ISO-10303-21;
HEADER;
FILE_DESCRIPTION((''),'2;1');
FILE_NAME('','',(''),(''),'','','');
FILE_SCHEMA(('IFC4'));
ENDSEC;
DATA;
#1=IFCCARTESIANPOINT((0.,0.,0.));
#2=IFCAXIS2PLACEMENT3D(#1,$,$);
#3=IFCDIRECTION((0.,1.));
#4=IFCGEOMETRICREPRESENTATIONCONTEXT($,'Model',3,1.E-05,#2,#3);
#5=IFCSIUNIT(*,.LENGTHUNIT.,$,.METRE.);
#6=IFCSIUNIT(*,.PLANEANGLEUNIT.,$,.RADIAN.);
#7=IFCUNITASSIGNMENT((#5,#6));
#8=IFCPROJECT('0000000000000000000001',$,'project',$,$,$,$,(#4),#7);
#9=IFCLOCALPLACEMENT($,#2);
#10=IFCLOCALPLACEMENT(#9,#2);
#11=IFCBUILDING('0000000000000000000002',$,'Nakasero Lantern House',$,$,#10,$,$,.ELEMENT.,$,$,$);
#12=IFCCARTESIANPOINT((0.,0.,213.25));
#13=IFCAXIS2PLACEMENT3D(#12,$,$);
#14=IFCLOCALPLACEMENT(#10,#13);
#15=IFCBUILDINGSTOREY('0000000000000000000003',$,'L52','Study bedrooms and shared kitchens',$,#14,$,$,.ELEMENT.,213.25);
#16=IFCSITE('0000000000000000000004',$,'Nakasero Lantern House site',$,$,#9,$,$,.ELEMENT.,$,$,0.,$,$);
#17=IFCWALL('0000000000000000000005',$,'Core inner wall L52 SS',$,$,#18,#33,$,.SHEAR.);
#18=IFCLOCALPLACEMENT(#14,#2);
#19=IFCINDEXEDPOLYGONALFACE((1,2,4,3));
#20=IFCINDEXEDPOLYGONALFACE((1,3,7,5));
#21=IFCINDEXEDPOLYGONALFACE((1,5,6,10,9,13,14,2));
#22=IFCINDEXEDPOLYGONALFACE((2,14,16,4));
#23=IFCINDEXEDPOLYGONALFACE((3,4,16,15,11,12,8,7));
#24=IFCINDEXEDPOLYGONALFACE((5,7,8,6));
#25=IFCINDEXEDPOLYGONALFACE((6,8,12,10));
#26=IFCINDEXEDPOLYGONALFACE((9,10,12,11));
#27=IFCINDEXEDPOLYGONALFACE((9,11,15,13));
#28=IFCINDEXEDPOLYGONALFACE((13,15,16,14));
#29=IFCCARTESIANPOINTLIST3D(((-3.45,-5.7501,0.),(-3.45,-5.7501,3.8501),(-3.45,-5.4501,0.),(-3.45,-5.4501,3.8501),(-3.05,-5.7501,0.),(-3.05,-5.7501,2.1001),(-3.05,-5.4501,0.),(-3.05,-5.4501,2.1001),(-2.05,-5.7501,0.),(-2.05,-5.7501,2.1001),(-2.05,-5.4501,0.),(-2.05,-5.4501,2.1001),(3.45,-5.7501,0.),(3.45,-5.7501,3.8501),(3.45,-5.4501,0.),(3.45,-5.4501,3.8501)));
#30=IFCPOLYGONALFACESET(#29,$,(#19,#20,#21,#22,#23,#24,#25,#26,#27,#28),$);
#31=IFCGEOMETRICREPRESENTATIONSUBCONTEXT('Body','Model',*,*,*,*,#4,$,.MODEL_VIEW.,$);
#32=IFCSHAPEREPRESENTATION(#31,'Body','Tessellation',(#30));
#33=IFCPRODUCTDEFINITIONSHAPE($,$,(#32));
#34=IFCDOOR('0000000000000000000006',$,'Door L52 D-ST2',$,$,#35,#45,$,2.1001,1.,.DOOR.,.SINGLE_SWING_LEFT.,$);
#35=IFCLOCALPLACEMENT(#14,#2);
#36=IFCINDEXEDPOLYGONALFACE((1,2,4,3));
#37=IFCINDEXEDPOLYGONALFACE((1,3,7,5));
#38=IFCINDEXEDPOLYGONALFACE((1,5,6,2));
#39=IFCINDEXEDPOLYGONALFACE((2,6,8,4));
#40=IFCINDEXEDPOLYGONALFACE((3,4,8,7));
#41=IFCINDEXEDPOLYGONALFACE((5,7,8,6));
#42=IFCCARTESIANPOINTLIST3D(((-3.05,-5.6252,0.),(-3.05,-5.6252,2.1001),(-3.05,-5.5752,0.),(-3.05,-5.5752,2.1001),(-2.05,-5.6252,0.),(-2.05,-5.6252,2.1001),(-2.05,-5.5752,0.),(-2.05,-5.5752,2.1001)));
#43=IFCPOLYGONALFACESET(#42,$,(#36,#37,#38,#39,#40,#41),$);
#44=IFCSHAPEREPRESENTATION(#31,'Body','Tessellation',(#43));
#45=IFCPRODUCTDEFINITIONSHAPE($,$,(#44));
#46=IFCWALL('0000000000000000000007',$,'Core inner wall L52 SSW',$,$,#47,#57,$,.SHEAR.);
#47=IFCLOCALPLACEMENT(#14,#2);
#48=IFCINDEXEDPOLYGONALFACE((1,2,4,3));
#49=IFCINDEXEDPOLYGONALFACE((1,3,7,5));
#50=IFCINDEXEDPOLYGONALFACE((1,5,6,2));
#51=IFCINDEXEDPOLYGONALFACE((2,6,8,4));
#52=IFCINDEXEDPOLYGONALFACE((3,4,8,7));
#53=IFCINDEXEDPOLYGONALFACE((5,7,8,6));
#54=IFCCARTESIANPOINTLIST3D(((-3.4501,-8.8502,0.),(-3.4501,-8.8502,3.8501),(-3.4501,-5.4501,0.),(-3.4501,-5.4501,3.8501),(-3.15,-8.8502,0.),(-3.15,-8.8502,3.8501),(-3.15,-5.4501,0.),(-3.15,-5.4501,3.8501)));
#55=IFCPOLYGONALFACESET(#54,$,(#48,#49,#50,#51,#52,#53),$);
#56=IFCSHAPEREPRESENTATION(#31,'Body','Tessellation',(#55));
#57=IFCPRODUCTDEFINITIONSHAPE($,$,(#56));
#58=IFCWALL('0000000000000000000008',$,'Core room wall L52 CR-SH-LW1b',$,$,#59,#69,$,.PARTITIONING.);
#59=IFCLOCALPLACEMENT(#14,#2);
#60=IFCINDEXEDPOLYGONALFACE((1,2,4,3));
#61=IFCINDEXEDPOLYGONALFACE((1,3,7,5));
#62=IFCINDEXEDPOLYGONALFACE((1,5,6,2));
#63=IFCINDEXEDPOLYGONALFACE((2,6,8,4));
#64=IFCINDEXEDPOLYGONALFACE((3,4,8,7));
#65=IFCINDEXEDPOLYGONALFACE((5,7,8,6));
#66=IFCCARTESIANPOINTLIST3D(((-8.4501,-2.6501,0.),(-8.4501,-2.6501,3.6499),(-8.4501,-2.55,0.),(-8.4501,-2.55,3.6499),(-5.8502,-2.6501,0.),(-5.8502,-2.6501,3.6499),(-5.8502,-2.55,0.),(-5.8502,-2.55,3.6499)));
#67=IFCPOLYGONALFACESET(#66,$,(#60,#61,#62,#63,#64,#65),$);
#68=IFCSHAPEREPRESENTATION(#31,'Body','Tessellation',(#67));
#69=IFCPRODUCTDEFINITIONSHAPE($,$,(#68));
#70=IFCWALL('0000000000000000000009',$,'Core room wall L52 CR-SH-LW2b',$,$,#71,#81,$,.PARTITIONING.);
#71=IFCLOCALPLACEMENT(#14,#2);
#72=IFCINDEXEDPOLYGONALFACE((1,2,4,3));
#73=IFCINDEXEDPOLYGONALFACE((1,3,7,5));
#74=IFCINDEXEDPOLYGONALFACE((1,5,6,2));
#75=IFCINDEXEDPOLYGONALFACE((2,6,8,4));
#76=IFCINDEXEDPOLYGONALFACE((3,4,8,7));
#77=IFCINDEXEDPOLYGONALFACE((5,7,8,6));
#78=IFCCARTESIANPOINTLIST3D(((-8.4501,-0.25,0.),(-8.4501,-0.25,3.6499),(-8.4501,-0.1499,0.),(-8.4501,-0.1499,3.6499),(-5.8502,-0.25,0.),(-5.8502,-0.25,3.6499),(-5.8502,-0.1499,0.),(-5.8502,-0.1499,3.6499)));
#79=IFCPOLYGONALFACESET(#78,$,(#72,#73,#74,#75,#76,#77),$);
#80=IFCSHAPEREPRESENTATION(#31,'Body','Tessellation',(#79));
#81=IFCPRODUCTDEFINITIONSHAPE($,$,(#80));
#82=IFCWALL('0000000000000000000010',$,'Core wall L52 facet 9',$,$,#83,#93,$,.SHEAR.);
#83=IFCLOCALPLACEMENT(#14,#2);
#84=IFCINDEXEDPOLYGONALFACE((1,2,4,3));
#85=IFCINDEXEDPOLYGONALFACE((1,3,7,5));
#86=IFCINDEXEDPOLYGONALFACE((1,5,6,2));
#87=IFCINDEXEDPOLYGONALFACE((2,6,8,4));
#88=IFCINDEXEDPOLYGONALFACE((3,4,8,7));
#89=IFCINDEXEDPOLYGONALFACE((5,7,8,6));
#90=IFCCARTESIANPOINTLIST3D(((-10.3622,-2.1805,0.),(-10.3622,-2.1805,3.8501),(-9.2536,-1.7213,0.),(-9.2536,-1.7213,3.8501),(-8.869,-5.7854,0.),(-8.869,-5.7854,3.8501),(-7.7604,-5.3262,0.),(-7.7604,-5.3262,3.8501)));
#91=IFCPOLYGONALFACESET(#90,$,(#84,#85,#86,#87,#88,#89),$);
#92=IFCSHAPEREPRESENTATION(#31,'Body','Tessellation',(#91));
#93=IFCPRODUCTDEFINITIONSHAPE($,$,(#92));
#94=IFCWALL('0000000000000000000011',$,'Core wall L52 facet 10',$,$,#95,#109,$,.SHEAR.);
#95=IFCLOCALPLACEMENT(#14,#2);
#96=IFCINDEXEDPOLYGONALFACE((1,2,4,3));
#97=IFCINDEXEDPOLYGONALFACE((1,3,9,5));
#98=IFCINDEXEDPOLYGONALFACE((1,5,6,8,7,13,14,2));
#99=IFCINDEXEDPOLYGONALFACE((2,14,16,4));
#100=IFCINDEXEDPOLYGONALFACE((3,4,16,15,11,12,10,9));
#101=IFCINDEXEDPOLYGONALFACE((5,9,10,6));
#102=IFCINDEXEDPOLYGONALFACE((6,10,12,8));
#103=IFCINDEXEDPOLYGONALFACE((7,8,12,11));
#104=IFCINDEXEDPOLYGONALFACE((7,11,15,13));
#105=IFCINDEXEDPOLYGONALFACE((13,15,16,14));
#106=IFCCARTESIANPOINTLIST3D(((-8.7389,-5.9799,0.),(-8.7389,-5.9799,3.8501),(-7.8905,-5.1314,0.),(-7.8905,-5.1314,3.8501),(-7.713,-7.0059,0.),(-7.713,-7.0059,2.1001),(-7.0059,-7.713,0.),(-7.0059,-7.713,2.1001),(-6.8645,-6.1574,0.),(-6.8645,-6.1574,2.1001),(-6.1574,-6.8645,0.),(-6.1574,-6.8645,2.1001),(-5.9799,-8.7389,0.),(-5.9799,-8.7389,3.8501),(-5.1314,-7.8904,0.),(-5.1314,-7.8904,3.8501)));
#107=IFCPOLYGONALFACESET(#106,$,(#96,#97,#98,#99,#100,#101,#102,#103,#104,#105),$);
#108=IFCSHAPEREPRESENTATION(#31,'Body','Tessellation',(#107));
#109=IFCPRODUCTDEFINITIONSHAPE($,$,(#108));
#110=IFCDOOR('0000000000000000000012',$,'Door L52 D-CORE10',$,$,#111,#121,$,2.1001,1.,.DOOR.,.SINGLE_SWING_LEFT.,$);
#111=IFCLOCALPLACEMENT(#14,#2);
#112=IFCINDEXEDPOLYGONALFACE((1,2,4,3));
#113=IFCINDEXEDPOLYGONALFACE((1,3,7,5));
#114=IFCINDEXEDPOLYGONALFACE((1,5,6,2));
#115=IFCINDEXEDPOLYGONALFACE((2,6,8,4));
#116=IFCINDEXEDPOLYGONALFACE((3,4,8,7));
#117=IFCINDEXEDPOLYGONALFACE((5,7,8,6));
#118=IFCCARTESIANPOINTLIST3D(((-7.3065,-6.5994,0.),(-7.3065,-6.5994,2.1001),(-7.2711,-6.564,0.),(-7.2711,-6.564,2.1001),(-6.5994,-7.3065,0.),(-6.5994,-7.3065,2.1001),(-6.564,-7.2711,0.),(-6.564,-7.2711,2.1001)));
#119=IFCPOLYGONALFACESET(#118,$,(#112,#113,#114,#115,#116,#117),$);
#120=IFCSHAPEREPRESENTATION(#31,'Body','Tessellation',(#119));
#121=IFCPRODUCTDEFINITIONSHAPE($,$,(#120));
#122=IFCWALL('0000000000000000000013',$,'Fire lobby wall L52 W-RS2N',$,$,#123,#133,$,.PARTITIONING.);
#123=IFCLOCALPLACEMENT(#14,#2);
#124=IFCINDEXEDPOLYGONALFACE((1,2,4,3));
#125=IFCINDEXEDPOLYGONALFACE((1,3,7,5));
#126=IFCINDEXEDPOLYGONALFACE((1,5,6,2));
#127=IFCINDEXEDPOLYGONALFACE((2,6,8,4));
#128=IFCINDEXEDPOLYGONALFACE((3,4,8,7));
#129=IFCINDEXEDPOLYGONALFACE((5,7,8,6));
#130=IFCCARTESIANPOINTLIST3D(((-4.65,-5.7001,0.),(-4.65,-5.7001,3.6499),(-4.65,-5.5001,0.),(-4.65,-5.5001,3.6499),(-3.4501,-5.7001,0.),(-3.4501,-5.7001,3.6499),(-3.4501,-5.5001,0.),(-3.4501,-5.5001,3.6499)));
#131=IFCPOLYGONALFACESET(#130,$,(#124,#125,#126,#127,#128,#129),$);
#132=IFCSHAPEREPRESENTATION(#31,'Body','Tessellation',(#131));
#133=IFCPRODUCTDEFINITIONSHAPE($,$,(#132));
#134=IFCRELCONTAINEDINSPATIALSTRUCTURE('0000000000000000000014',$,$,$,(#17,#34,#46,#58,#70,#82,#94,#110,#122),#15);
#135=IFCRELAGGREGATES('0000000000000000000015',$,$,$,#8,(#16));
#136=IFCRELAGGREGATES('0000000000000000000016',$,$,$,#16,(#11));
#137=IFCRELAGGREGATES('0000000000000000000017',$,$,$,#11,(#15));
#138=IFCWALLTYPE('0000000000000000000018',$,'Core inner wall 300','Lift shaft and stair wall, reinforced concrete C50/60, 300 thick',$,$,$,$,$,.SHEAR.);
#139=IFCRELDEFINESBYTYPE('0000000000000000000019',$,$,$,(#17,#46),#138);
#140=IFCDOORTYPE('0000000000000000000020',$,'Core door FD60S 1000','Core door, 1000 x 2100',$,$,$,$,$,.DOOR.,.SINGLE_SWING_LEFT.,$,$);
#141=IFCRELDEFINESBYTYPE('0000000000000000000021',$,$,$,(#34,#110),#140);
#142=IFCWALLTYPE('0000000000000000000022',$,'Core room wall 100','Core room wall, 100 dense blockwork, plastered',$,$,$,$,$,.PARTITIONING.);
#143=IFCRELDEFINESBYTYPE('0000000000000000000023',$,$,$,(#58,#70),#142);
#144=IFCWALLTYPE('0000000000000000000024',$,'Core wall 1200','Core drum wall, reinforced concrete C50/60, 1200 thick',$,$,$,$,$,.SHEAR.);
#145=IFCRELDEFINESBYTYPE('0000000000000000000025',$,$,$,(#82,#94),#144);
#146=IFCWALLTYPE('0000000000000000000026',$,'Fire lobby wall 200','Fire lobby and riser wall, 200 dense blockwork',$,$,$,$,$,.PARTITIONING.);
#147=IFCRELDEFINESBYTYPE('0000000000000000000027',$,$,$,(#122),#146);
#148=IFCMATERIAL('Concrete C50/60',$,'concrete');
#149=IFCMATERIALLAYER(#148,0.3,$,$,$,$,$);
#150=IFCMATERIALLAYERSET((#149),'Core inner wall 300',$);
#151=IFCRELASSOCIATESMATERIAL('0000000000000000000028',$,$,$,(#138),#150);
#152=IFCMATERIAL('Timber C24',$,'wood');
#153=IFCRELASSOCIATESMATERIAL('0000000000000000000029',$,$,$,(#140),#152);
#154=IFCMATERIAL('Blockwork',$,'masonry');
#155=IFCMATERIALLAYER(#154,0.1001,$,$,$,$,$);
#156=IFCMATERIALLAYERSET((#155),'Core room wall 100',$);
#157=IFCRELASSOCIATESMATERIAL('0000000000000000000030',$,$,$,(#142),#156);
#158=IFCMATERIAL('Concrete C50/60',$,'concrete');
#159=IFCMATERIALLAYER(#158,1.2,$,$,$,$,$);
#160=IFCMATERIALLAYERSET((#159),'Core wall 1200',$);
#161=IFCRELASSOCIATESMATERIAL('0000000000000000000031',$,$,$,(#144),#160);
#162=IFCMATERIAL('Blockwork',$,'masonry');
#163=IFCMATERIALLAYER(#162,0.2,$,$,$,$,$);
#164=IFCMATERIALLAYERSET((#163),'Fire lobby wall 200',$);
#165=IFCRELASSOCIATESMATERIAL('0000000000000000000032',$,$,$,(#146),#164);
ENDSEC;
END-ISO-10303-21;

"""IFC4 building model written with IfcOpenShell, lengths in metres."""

from ifc_helpers import new_model, si_unit, direction, frame, frame_2d, origin, place, context, subcontext, project, spatial, rectangle, extrude, material, layer, layer_set, type_object, element, fill, save


model = new_model("IFC4")

# Units and contexts
model_context = context("Model", 3, precision=1e-05, world=origin(), true_north=direction((0.0, 1.0)))
body_context = subcontext(model_context, "Body", "Model", "MODEL_VIEW")
ifc_project = project(units=[si_unit("LENGTHUNIT", "METRE"), si_unit("PLANEANGLEUNIT", "RADIAN")], contexts=[model_context])

# Site, building, storey
site_placement = place(None, origin())
site = spatial("IfcSite", under=ifc_project, at=site_placement, Name="Nakasero Lantern House site", CompositionType="ELEMENT", RefElevation=0.0)
building_placement = place(site_placement, origin())
building = spatial("IfcBuilding", under=site, at=building_placement, Name="Nakasero Lantern House", CompositionType="ELEMENT")
storey_placement = place(building_placement, frame((0.0, 0.0, 213.25)))
storey = spatial("IfcBuildingStorey", under=building, at=storey_placement, Name="L52", Description="Study bedrooms and shared kitchens", CompositionType="ELEMENT", Elevation=213.25)

# Shared definitions
ifc_material_1 = material(Name="Concrete C50/60", Category="concrete")
ifc_layer_1 = layer(ifc_material_1, 0.3)
ifc_layer_set_1 = layer_set([ifc_layer_1], Name="Core inner wall 300")
wall_type_1 = type_object("IfcWallType", Name="Core inner wall 300", Description="Lift shaft and stair wall, reinforced concrete C50/60, 300 thick", PredefinedType="SHEAR", material=ifc_layer_set_1)

# Wall, opening, door
wall_1_placement = place(storey_placement, frame((-3.45, -5.6001, 0.0), z_axis=(0.0, 0.0, 1.0), x_axis=(1.0, 0.0, 0.0)))
wall_1 = element("IfcWall", 1, at=wall_1_placement, inside=storey, type_object=wall_type_1, Name="Core inner wall L52 SS", PredefinedType="SHEAR", context=body_context, shape_type="SweptSolid", body=[
    extrude(rectangle(XDim=6.8999, YDim=0.3, at=frame_2d((3.45, 0.0))), origin(), (0.0, 0.0, 1.0), 3.8501),
])
opening_1_placement = place(wall_1_placement, frame((0.3999, 0.0, 0.0)))
opening_1 = element("IfcOpeningElement", 2, at=opening_1_placement, cuts=wall_1, PredefinedType="OPENING", context=body_context, shape_type="SweptSolid", body=[
    extrude(rectangle(XDim=1.0, YDim=2.1001, at=frame_2d((0.5, 1.05))), frame((0.0, 0.1699, 0.0), z_axis=(0.0, -1.0, 0.0), x_axis=(1.0, 0.0, 0.0)), (0.0, 0.0, 1.0), 0.3401),
])
ifc_material_2 = material(Name="Timber C24", Category="wood")
door_type_1 = type_object("IfcDoorType", Name="Core door FD60S 1000", Description="Core door, 1000 x 2100", OperationType="SINGLE_SWING_LEFT", PredefinedType="DOOR", material=ifc_material_2)
door_1_placement = place(opening_1_placement, origin())
door_1 = element("IfcDoor", 3, at=door_1_placement, inside=storey, type_object=door_type_1, Name="Door L52 D-ST2", OperationType="SINGLE_SWING_LEFT", OverallHeight=2.1001, OverallWidth=1.0, PredefinedType="DOOR", context=body_context, shape_type="SweptSolid", body=[
    extrude(rectangle(XDim=1.0, YDim=2.1001, at=frame_2d((0.5, 1.05))), frame((0.0, 0.0249, 0.0), z_axis=(0.0, -1.0, 0.0), x_axis=(1.0, 0.0, 0.0)), (0.0, 0.0, 1.0), 0.05),
])
fill(opening_1, door_1)

# Walls
wall_2_placement = place(storey_placement, frame((-3.3, -5.45, 0.0), z_axis=(0.0, 0.0, 1.0), x_axis=(0.0, -1.0, 0.0)))
element("IfcWall", 4, at=wall_2_placement, inside=storey, type_object=wall_type_1, Name="Core inner wall L52 SSW", PredefinedType="SHEAR", context=body_context, shape_type="SweptSolid", body=[
    extrude(rectangle(XDim=3.4001, YDim=0.3, at=frame_2d((1.7002, 0.0))), origin(), (0.0, 0.0, 1.0), 3.8501),
])
ifc_material_3 = material(Name="Blockwork", Category="masonry")
ifc_layer_2 = layer(ifc_material_3, 0.1001)
ifc_layer_set_2 = layer_set([ifc_layer_2], Name="Core room wall 100")
wall_type_2 = type_object("IfcWallType", Name="Core room wall 100", Description="Core room wall, 100 dense blockwork, plastered", PredefinedType="PARTITIONING", material=ifc_layer_set_2)
for number, where, z_axis, x_axis, name in (
    (5, (-8.45, -2.6001, 0.0), (0.0, 0.0, 1.0), (1.0, 0.0, 0.0), "Core room wall L52 CR-SH-LW1b"),
    (6, (-8.45, -0.2, 0.0), (0.0, 0.0, 1.0), (1.0, 0.0, 0.0), "Core room wall L52 CR-SH-LW2b"),
):
    element("IfcWall", number, at=place(storey_placement, frame(where, z_axis=z_axis, x_axis=x_axis)), inside=storey, type_object=wall_type_2, Name=name, PredefinedType="PARTITIONING", context=body_context, shape_type="SweptSolid", body=[
        extrude(rectangle(XDim=2.5999, YDim=0.1001, at=frame_2d((1.2998, 0.0))), origin(), (0.0, 0.0, 1.0), 3.6499),
    ])
ifc_material_4 = material(Name="Concrete C50/60", Category="concrete")
ifc_layer_3 = layer(ifc_material_4, 1.2)
ifc_layer_set_3 = layer_set([ifc_layer_3], Name="Core wall 1200")
wall_type_3 = type_object("IfcWallType", Name="Core wall 1200", Description="Core drum wall, reinforced concrete C50/60, 1200 thick", PredefinedType="SHEAR", material=ifc_layer_set_3)
wall_3_placement = place(storey_placement, frame((-9.8079, -1.9509, 0.0), z_axis=(0.0, 0.0, 1.0), x_axis=(0.382691, -0.923877, 0.0)))
element("IfcWall", 7, at=wall_3_placement, inside=storey, type_object=wall_type_3, Name="Core wall L52 facet 9", PredefinedType="SHEAR", context=body_context, shape_type="SweptSolid", body=[
    extrude(rectangle(XDim=3.9019, YDim=1.2, at=frame_2d((1.9509, 0.0))), origin(), (0.0, 0.0, 1.0), 3.8501),
])

# Wall, opening, door
wall_4_placement = place(storey_placement, frame((-8.3147, -5.5557, 0.0), z_axis=(0.0, 0.0, 1.0), x_axis=(0.707107, -0.707107, 0.0)))
wall_4 = element("IfcWall", 8, at=wall_4_placement, inside=storey, type_object=wall_type_3, Name="Core wall L52 facet 10", PredefinedType="SHEAR", context=body_context, shape_type="SweptSolid", body=[
    extrude(rectangle(XDim=3.9019, YDim=1.2, at=frame_2d((1.9509, 0.0))), origin(), (0.0, 0.0, 1.0), 3.8501),
])
opening_2_placement = place(wall_4_placement, frame((1.4509, 0.0, 0.0)))
opening_2 = element("IfcOpeningElement", 9, at=opening_2_placement, cuts=wall_4, PredefinedType="OPENING", context=body_context, shape_type="SweptSolid", body=[
    extrude(rectangle(XDim=1.0, YDim=2.1001, at=frame_2d((0.5, 1.05))), frame((0.0, 0.6199, 0.0), z_axis=(0.0, -1.0, 0.0), x_axis=(1.0, 0.0, 0.0)), (0.0, 0.0, 1.0), 1.24),
])
door_2_placement = place(opening_2_placement, origin())
door_2 = element("IfcDoor", 10, at=door_2_placement, inside=storey, type_object=door_type_1, Name="Door L52 D-CORE10", OperationType="SINGLE_SWING_LEFT", OverallHeight=2.1001, OverallWidth=1.0, PredefinedType="DOOR", context=body_context, shape_type="SweptSolid", body=[
    extrude(rectangle(XDim=1.0, YDim=2.1001, at=frame_2d((0.5, 1.05))), frame((0.0, 0.0249, 0.0), z_axis=(0.0, -1.0, 0.0), x_axis=(1.0, 0.0, 0.0)), (0.0, 0.0, 1.0), 0.05),
])
fill(opening_2, door_2)

# Wall
ifc_material_5 = material(Name="Blockwork", Category="masonry")
ifc_layer_4 = layer(ifc_material_5, 0.2)
ifc_layer_set_4 = layer_set([ifc_layer_4], Name="Fire lobby wall 200")
wall_type_4 = type_object("IfcWallType", Name="Fire lobby wall 200", Description="Fire lobby and riser wall, 200 dense blockwork", PredefinedType="PARTITIONING", material=ifc_layer_set_4)
wall_5_placement = place(storey_placement, frame((-3.45, -5.6001, 0.0), z_axis=(0.0, 0.0, 1.0), x_axis=(-1.0, 0.0, 0.0)))
element("IfcWall", 11, at=wall_5_placement, inside=storey, type_object=wall_type_4, Name="Fire lobby wall L52 W-RS2N", PredefinedType="PARTITIONING", context=body_context, shape_type="SweptSolid", body=[
    extrude(rectangle(XDim=1.2, YDim=0.2, at=frame_2d((0.6001, 0.0))), origin(), (0.0, 0.0, 1.0), 3.6499),
])

save(model, "model.ifc")
